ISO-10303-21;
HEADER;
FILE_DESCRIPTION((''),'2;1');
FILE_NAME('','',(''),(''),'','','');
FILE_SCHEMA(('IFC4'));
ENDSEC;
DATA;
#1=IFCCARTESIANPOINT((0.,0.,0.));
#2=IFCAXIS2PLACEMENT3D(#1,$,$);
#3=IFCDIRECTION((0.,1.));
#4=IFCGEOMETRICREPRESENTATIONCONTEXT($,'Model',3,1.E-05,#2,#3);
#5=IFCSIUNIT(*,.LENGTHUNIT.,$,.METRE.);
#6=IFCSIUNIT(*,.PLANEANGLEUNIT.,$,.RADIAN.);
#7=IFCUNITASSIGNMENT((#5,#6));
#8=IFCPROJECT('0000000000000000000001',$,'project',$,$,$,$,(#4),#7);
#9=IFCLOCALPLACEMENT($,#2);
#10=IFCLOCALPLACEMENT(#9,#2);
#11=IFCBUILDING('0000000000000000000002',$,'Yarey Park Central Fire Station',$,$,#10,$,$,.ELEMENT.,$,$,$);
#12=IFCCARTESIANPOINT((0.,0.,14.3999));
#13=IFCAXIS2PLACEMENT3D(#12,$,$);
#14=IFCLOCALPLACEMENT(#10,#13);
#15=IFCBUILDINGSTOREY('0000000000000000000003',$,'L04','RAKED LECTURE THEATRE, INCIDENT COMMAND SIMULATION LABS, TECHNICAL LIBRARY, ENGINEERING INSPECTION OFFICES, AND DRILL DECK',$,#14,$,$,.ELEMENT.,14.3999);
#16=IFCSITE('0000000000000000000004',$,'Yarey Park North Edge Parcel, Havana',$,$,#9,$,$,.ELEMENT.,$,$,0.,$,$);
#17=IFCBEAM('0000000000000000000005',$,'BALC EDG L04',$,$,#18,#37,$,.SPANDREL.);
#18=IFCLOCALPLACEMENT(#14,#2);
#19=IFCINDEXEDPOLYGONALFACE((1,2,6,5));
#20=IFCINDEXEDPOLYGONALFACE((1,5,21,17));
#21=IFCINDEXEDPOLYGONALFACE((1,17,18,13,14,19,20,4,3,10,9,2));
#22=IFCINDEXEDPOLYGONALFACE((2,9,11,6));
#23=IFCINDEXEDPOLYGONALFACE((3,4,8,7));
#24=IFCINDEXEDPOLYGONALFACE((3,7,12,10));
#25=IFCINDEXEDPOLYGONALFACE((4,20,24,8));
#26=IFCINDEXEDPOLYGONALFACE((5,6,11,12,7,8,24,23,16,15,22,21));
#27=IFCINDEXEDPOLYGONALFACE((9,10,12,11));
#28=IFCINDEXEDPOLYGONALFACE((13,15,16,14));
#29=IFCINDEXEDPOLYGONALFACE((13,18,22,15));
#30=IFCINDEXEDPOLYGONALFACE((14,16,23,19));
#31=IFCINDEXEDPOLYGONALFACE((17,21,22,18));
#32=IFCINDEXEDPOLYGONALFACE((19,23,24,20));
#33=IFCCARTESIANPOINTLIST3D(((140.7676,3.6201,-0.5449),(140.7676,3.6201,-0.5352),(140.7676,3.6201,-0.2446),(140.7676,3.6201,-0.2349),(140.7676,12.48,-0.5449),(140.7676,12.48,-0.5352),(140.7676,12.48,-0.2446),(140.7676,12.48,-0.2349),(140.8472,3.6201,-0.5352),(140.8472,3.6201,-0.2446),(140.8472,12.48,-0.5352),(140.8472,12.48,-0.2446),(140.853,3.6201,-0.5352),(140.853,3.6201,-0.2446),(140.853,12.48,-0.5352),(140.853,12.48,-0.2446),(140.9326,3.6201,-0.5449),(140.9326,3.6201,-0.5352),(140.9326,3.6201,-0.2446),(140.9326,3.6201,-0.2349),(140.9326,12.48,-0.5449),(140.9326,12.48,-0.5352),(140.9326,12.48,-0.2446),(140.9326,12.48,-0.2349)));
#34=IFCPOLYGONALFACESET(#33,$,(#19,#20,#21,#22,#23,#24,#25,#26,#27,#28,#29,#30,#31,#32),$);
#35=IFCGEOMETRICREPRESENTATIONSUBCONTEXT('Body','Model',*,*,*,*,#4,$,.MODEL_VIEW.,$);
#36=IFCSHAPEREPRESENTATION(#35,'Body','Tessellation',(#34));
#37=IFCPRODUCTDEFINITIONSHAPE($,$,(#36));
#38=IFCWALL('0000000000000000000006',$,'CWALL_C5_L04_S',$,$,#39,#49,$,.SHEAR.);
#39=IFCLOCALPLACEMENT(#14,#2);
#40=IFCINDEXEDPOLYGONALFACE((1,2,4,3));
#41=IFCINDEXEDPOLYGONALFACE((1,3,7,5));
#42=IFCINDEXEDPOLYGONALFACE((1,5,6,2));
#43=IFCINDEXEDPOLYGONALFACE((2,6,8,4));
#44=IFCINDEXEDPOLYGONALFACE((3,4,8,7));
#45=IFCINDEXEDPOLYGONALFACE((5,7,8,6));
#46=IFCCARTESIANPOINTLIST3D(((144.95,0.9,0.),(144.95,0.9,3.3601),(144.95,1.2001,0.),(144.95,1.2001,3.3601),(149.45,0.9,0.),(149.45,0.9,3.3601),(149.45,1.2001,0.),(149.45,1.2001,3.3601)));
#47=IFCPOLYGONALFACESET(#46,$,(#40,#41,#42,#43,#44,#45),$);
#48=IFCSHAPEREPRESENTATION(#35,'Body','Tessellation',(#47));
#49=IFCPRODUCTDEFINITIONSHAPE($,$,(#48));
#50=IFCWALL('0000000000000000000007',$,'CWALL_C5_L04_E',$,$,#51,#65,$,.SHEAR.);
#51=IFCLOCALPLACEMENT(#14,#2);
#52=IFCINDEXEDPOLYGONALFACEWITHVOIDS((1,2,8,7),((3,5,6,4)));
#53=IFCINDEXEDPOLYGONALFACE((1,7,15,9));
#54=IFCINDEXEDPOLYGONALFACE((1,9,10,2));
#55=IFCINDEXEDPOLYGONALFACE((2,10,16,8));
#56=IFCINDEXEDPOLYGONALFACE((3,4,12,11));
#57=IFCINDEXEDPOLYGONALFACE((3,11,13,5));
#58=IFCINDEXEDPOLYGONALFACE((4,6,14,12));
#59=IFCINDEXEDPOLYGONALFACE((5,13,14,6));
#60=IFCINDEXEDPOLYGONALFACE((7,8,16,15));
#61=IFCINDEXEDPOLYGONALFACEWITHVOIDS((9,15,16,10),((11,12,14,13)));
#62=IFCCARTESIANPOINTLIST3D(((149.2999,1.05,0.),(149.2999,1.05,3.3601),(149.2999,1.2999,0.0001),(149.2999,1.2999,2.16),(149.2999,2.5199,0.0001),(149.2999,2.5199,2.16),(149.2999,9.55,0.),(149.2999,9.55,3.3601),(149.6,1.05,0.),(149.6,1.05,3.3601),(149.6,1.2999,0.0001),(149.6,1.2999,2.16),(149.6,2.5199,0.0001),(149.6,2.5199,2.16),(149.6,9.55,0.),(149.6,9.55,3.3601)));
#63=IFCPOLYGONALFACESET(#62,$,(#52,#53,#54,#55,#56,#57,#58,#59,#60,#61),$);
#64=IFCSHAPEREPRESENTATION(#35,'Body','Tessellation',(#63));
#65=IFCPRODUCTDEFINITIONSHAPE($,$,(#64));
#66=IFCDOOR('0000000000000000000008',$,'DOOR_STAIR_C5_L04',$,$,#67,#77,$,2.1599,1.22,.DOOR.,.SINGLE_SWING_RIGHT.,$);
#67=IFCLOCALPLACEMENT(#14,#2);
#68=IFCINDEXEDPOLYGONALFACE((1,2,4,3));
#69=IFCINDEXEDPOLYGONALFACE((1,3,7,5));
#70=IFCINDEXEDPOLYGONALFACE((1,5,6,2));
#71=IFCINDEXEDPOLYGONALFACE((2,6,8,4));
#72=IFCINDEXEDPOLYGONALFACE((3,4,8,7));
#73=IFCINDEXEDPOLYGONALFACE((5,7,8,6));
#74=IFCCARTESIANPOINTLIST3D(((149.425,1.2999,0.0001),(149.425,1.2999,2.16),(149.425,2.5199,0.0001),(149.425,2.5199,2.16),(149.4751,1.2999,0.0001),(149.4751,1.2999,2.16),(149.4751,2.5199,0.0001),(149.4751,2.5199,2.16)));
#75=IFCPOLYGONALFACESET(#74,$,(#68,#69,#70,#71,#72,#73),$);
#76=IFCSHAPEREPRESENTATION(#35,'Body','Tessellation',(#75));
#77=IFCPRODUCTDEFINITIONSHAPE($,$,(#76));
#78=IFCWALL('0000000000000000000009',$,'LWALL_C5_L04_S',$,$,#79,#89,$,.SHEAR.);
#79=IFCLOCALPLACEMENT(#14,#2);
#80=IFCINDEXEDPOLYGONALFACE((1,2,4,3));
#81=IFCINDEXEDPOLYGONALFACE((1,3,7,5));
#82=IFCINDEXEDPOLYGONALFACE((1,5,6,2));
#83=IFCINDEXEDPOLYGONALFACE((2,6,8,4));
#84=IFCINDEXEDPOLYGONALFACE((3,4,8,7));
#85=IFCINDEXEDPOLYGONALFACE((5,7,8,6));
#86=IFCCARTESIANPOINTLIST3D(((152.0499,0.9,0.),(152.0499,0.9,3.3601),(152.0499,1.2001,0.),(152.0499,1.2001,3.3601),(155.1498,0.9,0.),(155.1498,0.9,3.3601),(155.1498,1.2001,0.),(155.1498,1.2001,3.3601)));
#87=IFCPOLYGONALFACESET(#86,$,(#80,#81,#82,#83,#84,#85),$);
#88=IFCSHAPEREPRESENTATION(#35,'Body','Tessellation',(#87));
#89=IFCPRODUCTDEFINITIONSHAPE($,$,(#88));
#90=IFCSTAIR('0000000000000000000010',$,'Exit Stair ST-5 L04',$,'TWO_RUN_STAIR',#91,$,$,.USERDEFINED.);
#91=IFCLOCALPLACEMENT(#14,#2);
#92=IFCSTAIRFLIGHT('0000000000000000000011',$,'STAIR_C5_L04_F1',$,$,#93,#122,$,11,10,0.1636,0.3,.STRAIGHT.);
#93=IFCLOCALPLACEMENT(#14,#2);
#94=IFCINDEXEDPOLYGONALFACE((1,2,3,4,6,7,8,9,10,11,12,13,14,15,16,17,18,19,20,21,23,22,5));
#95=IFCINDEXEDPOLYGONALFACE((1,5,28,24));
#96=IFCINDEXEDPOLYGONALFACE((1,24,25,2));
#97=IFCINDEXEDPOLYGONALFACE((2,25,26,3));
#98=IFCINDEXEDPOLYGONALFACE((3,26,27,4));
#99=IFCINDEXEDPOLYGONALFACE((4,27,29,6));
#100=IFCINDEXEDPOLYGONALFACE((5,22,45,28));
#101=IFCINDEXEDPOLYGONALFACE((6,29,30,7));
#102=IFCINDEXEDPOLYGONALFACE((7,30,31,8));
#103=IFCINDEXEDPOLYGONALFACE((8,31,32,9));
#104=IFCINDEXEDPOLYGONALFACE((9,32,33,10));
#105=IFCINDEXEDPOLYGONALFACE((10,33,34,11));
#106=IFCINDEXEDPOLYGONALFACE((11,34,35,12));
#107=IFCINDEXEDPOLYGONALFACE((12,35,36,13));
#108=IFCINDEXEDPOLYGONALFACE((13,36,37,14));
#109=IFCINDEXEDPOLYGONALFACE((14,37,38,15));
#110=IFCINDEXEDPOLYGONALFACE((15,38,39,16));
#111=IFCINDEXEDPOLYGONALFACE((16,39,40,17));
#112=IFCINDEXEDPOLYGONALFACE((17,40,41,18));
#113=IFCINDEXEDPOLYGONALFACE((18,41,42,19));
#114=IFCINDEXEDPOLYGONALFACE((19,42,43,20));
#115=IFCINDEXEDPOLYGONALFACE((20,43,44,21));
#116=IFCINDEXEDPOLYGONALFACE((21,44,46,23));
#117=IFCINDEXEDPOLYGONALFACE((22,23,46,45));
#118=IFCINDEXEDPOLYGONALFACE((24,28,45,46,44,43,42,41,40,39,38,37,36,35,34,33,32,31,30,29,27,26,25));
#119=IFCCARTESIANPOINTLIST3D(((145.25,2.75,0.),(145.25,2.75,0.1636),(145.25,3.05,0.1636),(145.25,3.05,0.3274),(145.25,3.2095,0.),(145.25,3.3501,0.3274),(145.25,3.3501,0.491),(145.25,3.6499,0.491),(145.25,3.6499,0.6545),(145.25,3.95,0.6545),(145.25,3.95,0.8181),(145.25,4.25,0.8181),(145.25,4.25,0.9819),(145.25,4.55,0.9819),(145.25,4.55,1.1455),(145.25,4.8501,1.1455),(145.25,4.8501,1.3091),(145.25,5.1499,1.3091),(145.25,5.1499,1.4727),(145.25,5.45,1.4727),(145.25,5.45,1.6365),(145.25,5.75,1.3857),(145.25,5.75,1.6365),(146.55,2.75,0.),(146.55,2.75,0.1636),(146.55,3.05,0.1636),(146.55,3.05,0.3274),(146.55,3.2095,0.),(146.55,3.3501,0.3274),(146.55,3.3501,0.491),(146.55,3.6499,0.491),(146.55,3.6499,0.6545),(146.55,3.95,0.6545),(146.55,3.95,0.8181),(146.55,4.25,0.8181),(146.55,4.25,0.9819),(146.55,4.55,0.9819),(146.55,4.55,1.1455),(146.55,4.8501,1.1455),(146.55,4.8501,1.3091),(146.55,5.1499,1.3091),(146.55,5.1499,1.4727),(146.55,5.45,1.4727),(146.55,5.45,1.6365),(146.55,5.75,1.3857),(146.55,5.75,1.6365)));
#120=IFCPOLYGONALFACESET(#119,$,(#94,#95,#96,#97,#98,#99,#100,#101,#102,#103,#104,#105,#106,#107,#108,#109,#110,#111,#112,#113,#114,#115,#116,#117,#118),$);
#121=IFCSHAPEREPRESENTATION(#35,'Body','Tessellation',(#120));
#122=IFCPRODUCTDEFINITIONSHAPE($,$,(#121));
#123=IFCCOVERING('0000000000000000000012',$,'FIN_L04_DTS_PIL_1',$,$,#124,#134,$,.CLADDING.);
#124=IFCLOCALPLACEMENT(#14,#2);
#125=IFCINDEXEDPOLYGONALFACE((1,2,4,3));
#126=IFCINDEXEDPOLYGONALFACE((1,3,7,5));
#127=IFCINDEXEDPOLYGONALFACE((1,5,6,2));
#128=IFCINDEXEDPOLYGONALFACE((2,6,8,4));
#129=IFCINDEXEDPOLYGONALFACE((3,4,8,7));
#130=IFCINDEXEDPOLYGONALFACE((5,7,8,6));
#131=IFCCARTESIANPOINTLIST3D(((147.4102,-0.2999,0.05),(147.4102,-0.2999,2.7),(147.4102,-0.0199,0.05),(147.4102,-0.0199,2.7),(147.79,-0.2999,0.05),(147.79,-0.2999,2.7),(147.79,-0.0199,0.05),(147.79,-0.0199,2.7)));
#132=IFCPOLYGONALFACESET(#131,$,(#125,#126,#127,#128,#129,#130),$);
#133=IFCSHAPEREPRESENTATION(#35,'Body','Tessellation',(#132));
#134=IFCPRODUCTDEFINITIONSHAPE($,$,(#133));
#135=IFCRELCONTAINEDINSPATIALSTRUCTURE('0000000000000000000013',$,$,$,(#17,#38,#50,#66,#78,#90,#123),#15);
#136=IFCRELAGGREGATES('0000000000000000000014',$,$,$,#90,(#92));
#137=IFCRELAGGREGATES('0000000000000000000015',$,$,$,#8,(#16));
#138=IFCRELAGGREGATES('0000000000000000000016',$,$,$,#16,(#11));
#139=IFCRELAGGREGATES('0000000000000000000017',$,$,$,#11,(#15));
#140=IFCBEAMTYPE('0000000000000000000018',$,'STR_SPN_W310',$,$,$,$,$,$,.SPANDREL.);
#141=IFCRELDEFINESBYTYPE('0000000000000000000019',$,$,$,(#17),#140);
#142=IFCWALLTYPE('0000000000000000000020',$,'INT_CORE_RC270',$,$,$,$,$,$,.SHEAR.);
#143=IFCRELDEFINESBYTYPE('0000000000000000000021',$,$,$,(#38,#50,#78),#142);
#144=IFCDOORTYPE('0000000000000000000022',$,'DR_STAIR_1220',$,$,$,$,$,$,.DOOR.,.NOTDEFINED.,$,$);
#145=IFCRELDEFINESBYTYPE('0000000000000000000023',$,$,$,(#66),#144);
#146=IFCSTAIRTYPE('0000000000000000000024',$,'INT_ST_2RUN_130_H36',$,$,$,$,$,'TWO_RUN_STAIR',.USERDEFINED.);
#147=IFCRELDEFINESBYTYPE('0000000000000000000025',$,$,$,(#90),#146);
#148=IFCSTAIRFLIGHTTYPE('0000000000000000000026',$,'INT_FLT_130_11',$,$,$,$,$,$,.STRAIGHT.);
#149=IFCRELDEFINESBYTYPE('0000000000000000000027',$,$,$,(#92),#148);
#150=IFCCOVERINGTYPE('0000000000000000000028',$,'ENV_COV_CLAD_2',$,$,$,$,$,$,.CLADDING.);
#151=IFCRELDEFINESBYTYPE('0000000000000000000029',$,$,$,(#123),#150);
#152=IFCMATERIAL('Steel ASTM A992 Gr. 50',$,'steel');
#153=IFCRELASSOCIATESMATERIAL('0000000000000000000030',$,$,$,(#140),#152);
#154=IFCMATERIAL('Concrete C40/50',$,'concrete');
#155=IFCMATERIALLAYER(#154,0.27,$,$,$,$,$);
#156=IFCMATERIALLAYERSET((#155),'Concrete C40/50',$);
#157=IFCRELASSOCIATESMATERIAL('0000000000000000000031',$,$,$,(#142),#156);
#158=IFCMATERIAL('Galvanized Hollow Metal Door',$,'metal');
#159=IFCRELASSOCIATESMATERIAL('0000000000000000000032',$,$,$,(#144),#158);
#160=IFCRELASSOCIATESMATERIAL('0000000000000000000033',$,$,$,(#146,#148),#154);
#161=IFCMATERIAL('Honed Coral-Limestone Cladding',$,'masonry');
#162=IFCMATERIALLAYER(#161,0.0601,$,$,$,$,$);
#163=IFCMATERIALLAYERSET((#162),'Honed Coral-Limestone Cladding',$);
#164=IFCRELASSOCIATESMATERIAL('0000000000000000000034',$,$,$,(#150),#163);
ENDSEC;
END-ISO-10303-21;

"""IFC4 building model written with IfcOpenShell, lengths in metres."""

from ifc_helpers import new_model, si_unit, direction, frame, frame_2d, origin, origin_2d, place, context, subcontext, project, spatial, polyline, rectangle, i_section, outline, extrude, material, layer, layer_set, material_profile, profile_set, type_object, element, fill, aggregate, save


model = new_model("IFC4")

# Units and contexts
model_context = context("Model", 3, precision=1e-05, world=origin(), true_north=direction((0.0, 1.0)))
body_context = subcontext(model_context, "Body", "Model", "MODEL_VIEW")
ifc_project = project(units=[si_unit("LENGTHUNIT", "METRE"), si_unit("PLANEANGLEUNIT", "RADIAN")], contexts=[model_context])

# Site, building, storey
site_placement = place(None, origin())
site = spatial("IfcSite", under=ifc_project, at=site_placement, Name="Yarey Park North Edge Parcel, Havana", CompositionType="ELEMENT", RefElevation=0.0)
building_placement = place(site_placement, origin())
building = spatial("IfcBuilding", under=site, at=building_placement, Name="Yarey Park Central Fire Station", CompositionType="ELEMENT")
storey_placement = place(building_placement, frame((0.0, 0.0, 14.3999)))
storey = spatial("IfcBuildingStorey", under=building, at=storey_placement, Name="L04", Description="RAKED LECTURE THEATRE, INCIDENT COMMAND SIMULATION LABS, TECHNICAL LIBRARY, ENGINEERING INSPECTION OFFICES, AND DRILL DECK", CompositionType="ELEMENT", Elevation=14.3999)

# Shared definitions
ifc_material_1 = material(Name="Steel ASTM A992 Gr. 50", Category="steel")

# Beam
ifc_material_profile_1 = material_profile(ifc_material_1, i_section(OverallWidth=0.165, OverallDepth=0.3101, WebThickness=0.0059, FlangeThickness=0.0098, at=origin_2d()), Name="W310x39")
ifc_profile_set_1 = profile_set([ifc_material_profile_1], Name="Steel ASTM A992 Gr. 50")
beam_type_1 = type_object("IfcBeamType", Name="STR_SPN_W310", PredefinedType="SPANDREL", material=ifc_profile_set_1)
beam_1_placement = place(storey_placement, frame((140.8501, 3.6201, -0.3899), z_axis=(0.0, 1.0, 0.0), x_axis=(-1.0, 0.0, 0.0)))
element("IfcBeam", 1, at=beam_1_placement, inside=storey, type_object=beam_type_1, Name="BALC EDG L04", PredefinedType="SPANDREL", context=body_context, shape_type="SweptSolid", body=[
    extrude(i_section(OverallWidth=0.165, OverallDepth=0.3101, WebThickness=0.0059, FlangeThickness=0.0098, at=origin_2d()), origin(), (0.0, 0.0, 1.0), 8.8599),
])

# Wall
ifc_material_2 = material(Name="Concrete C40/50", Category="concrete")
ifc_layer_1 = layer(ifc_material_2, 0.27)
ifc_layer_set_1 = layer_set([ifc_layer_1], Name="Concrete C40/50")
wall_type = type_object("IfcWallType", Name="INT_CORE_RC270", PredefinedType="SHEAR", material=ifc_layer_set_1)
wall_1_placement = place(storey_placement, frame((144.95, 1.05, 0.0), z_axis=(0.0, 0.0, 1.0), x_axis=(1.0, 0.0, 0.0)))
element("IfcWall", 2, at=wall_1_placement, inside=storey, type_object=wall_type, Name="CWALL_C5_L04_S", PredefinedType="SHEAR", context=body_context, shape_type="SweptSolid", body=[
    extrude(rectangle(XDim=4.5, YDim=0.3, at=frame_2d((2.25, 0.0))), origin(), (0.0, 0.0, 1.0), 3.3601),
])

# Wall, opening, door
wall_2_placement = place(storey_placement, frame((149.45, 1.05, 0.0), z_axis=(0.0, 0.0, 1.0), x_axis=(0.0, 1.0, 0.0)))
wall_2 = element("IfcWall", 3, at=wall_2_placement, inside=storey, type_object=wall_type, Name="CWALL_C5_L04_E", PredefinedType="SHEAR", context=body_context, shape_type="SweptSolid", body=[
    extrude(rectangle(XDim=8.5, YDim=0.3, at=frame_2d((4.25, 0.0))), origin(), (0.0, 0.0, 1.0), 3.3601),
])
opening_placement = place(wall_2_placement, frame((0.25, 0.0, 0.0)))
opening = element("IfcOpeningElement", 4, at=opening_placement, cuts=wall_2, PredefinedType="OPENING", context=body_context, shape_type="SweptSolid", body=[
    extrude(rectangle(XDim=1.22, YDim=2.1599, at=frame_2d((0.6099, 1.0801))), frame((0.0, 0.1599, 0.0), z_axis=(0.0, -1.0, 0.0), x_axis=(1.0, 0.0, 0.0)), (0.0, 0.0, 1.0), 0.3201),
])
ifc_material_3 = material(Name="Galvanized Hollow Metal Door", Category="metal")
door_type = type_object("IfcDoorType", Name="DR_STAIR_1220", OperationType="NOTDEFINED", PredefinedType="DOOR", material=ifc_material_3)
door_placement = place(opening_placement, origin())
door = element("IfcDoor", 5, at=door_placement, inside=storey, type_object=door_type, Name="DOOR_STAIR_C5_L04", OperationType="SINGLE_SWING_RIGHT", OverallHeight=2.1599, OverallWidth=1.22, PredefinedType="DOOR", context=body_context, shape_type="SweptSolid", body=[
    extrude(rectangle(XDim=1.22, YDim=2.1599, at=frame_2d((0.6099, 1.0801))), frame((0.0, 0.0249, 0.0), z_axis=(0.0, -1.0, 0.0), x_axis=(1.0, 0.0, 0.0)), (0.0, 0.0, 1.0), 0.05),
])
fill(opening, door)

# Wall
wall_3_placement = place(storey_placement, frame((152.05, 1.05, 0.0), z_axis=(0.0, 0.0, 1.0), x_axis=(1.0, 0.0, 0.0)))
element("IfcWall", 6, at=wall_3_placement, inside=storey, type_object=wall_type, Name="LWALL_C5_L04_S", PredefinedType="SHEAR", context=body_context, shape_type="SweptSolid", body=[
    extrude(rectangle(XDim=3.0999, YDim=0.3, at=frame_2d((1.5498, 0.0))), origin(), (0.0, 0.0, 1.0), 3.3601),
])

# Stair, stair flight
stair_type = type_object("IfcStairType", Name="INT_ST_2RUN_130_H36", ElementType="TWO_RUN_STAIR", PredefinedType="USERDEFINED", material=ifc_material_2)
stair_placement = place(storey_placement, origin())
stair = element("IfcStair", 7, at=stair_placement, inside=storey, type_object=stair_type, Name="Exit Stair ST-5 L04", ObjectType="TWO_RUN_STAIR", PredefinedType="USERDEFINED")
stair_flight_type = type_object("IfcStairFlightType", Name="INT_FLT_130_11", PredefinedType="STRAIGHT", material=ifc_material_2)
stair_flight_placement = place(storey_placement, frame((145.8999, 2.75, 0.0), z_axis=(0.0, 0.0, 1.0), x_axis=(0.0, 1.0, 0.0)))
stair_flight = element("IfcStairFlight", 8, at=stair_flight_placement, type_object=stair_flight_type, Name="STAIR_C5_L04_F1", NumberOfRisers=11, NumberOfTreads=10, PredefinedType="STRAIGHT", RiserHeight=0.1636, TreadLength=0.3, context=body_context, shape_type="SweptSolid", body=[
    extrude(outline(polyline([(0.0, 0.0), (0.0, 0.1636), (0.3, 0.1636), (0.3, 0.3274), (0.6001, 0.3274), (0.6001, 0.491), (0.8999, 0.491), (0.8999, 0.6545), (1.2, 0.6545), (1.2, 0.8181), (1.5, 0.8181), (1.5, 0.9819), (1.8, 0.9819), (1.8, 1.1455), (2.1001, 1.1455), (2.1001, 1.3091), (2.3999, 1.3091), (2.3999, 1.4727), (2.7, 1.4727), (2.7, 1.6365), (3.0, 1.6365), (3.0, 1.8), (3.0, 1.3857), (0.4595, 0.0), (0.0, 0.0)])), frame((0.0, 0.6499, 0.0), z_axis=(0.0, -1.0, 0.0), x_axis=(1.0, 0.0, 0.0)), (0.0, 0.0, 1.0), 1.3),
])
aggregate(stair, [stair_flight])

# Covering
ifc_material_4 = material(Name="Honed Coral-Limestone Cladding", Category="masonry")
ifc_layer_2 = layer(ifc_material_4, 0.0601)
ifc_layer_set_2 = layer_set([ifc_layer_2], Name="Honed Coral-Limestone Cladding")
covering_type = type_object("IfcCoveringType", Name="ENV_COV_CLAD_2", PredefinedType="CLADDING", material=ifc_layer_set_2)
covering_placement = place(storey_placement, frame((147.6001, -0.1599, 0.05), z_axis=(0.0, 0.0, 1.0), x_axis=(1.0, 0.0, 0.0)))
element("IfcCovering", 9, at=covering_placement, inside=storey, type_object=covering_type, Name="FIN_L04_DTS_PIL_1", PredefinedType="CLADDING", context=body_context, shape_type="SweptSolid", body=[
    extrude(rectangle(XDim=0.3799, YDim=0.28, at=origin_2d()), origin(), (0.0, 0.0, 1.0), 2.6499),
])

save(model, "model.ifc")
